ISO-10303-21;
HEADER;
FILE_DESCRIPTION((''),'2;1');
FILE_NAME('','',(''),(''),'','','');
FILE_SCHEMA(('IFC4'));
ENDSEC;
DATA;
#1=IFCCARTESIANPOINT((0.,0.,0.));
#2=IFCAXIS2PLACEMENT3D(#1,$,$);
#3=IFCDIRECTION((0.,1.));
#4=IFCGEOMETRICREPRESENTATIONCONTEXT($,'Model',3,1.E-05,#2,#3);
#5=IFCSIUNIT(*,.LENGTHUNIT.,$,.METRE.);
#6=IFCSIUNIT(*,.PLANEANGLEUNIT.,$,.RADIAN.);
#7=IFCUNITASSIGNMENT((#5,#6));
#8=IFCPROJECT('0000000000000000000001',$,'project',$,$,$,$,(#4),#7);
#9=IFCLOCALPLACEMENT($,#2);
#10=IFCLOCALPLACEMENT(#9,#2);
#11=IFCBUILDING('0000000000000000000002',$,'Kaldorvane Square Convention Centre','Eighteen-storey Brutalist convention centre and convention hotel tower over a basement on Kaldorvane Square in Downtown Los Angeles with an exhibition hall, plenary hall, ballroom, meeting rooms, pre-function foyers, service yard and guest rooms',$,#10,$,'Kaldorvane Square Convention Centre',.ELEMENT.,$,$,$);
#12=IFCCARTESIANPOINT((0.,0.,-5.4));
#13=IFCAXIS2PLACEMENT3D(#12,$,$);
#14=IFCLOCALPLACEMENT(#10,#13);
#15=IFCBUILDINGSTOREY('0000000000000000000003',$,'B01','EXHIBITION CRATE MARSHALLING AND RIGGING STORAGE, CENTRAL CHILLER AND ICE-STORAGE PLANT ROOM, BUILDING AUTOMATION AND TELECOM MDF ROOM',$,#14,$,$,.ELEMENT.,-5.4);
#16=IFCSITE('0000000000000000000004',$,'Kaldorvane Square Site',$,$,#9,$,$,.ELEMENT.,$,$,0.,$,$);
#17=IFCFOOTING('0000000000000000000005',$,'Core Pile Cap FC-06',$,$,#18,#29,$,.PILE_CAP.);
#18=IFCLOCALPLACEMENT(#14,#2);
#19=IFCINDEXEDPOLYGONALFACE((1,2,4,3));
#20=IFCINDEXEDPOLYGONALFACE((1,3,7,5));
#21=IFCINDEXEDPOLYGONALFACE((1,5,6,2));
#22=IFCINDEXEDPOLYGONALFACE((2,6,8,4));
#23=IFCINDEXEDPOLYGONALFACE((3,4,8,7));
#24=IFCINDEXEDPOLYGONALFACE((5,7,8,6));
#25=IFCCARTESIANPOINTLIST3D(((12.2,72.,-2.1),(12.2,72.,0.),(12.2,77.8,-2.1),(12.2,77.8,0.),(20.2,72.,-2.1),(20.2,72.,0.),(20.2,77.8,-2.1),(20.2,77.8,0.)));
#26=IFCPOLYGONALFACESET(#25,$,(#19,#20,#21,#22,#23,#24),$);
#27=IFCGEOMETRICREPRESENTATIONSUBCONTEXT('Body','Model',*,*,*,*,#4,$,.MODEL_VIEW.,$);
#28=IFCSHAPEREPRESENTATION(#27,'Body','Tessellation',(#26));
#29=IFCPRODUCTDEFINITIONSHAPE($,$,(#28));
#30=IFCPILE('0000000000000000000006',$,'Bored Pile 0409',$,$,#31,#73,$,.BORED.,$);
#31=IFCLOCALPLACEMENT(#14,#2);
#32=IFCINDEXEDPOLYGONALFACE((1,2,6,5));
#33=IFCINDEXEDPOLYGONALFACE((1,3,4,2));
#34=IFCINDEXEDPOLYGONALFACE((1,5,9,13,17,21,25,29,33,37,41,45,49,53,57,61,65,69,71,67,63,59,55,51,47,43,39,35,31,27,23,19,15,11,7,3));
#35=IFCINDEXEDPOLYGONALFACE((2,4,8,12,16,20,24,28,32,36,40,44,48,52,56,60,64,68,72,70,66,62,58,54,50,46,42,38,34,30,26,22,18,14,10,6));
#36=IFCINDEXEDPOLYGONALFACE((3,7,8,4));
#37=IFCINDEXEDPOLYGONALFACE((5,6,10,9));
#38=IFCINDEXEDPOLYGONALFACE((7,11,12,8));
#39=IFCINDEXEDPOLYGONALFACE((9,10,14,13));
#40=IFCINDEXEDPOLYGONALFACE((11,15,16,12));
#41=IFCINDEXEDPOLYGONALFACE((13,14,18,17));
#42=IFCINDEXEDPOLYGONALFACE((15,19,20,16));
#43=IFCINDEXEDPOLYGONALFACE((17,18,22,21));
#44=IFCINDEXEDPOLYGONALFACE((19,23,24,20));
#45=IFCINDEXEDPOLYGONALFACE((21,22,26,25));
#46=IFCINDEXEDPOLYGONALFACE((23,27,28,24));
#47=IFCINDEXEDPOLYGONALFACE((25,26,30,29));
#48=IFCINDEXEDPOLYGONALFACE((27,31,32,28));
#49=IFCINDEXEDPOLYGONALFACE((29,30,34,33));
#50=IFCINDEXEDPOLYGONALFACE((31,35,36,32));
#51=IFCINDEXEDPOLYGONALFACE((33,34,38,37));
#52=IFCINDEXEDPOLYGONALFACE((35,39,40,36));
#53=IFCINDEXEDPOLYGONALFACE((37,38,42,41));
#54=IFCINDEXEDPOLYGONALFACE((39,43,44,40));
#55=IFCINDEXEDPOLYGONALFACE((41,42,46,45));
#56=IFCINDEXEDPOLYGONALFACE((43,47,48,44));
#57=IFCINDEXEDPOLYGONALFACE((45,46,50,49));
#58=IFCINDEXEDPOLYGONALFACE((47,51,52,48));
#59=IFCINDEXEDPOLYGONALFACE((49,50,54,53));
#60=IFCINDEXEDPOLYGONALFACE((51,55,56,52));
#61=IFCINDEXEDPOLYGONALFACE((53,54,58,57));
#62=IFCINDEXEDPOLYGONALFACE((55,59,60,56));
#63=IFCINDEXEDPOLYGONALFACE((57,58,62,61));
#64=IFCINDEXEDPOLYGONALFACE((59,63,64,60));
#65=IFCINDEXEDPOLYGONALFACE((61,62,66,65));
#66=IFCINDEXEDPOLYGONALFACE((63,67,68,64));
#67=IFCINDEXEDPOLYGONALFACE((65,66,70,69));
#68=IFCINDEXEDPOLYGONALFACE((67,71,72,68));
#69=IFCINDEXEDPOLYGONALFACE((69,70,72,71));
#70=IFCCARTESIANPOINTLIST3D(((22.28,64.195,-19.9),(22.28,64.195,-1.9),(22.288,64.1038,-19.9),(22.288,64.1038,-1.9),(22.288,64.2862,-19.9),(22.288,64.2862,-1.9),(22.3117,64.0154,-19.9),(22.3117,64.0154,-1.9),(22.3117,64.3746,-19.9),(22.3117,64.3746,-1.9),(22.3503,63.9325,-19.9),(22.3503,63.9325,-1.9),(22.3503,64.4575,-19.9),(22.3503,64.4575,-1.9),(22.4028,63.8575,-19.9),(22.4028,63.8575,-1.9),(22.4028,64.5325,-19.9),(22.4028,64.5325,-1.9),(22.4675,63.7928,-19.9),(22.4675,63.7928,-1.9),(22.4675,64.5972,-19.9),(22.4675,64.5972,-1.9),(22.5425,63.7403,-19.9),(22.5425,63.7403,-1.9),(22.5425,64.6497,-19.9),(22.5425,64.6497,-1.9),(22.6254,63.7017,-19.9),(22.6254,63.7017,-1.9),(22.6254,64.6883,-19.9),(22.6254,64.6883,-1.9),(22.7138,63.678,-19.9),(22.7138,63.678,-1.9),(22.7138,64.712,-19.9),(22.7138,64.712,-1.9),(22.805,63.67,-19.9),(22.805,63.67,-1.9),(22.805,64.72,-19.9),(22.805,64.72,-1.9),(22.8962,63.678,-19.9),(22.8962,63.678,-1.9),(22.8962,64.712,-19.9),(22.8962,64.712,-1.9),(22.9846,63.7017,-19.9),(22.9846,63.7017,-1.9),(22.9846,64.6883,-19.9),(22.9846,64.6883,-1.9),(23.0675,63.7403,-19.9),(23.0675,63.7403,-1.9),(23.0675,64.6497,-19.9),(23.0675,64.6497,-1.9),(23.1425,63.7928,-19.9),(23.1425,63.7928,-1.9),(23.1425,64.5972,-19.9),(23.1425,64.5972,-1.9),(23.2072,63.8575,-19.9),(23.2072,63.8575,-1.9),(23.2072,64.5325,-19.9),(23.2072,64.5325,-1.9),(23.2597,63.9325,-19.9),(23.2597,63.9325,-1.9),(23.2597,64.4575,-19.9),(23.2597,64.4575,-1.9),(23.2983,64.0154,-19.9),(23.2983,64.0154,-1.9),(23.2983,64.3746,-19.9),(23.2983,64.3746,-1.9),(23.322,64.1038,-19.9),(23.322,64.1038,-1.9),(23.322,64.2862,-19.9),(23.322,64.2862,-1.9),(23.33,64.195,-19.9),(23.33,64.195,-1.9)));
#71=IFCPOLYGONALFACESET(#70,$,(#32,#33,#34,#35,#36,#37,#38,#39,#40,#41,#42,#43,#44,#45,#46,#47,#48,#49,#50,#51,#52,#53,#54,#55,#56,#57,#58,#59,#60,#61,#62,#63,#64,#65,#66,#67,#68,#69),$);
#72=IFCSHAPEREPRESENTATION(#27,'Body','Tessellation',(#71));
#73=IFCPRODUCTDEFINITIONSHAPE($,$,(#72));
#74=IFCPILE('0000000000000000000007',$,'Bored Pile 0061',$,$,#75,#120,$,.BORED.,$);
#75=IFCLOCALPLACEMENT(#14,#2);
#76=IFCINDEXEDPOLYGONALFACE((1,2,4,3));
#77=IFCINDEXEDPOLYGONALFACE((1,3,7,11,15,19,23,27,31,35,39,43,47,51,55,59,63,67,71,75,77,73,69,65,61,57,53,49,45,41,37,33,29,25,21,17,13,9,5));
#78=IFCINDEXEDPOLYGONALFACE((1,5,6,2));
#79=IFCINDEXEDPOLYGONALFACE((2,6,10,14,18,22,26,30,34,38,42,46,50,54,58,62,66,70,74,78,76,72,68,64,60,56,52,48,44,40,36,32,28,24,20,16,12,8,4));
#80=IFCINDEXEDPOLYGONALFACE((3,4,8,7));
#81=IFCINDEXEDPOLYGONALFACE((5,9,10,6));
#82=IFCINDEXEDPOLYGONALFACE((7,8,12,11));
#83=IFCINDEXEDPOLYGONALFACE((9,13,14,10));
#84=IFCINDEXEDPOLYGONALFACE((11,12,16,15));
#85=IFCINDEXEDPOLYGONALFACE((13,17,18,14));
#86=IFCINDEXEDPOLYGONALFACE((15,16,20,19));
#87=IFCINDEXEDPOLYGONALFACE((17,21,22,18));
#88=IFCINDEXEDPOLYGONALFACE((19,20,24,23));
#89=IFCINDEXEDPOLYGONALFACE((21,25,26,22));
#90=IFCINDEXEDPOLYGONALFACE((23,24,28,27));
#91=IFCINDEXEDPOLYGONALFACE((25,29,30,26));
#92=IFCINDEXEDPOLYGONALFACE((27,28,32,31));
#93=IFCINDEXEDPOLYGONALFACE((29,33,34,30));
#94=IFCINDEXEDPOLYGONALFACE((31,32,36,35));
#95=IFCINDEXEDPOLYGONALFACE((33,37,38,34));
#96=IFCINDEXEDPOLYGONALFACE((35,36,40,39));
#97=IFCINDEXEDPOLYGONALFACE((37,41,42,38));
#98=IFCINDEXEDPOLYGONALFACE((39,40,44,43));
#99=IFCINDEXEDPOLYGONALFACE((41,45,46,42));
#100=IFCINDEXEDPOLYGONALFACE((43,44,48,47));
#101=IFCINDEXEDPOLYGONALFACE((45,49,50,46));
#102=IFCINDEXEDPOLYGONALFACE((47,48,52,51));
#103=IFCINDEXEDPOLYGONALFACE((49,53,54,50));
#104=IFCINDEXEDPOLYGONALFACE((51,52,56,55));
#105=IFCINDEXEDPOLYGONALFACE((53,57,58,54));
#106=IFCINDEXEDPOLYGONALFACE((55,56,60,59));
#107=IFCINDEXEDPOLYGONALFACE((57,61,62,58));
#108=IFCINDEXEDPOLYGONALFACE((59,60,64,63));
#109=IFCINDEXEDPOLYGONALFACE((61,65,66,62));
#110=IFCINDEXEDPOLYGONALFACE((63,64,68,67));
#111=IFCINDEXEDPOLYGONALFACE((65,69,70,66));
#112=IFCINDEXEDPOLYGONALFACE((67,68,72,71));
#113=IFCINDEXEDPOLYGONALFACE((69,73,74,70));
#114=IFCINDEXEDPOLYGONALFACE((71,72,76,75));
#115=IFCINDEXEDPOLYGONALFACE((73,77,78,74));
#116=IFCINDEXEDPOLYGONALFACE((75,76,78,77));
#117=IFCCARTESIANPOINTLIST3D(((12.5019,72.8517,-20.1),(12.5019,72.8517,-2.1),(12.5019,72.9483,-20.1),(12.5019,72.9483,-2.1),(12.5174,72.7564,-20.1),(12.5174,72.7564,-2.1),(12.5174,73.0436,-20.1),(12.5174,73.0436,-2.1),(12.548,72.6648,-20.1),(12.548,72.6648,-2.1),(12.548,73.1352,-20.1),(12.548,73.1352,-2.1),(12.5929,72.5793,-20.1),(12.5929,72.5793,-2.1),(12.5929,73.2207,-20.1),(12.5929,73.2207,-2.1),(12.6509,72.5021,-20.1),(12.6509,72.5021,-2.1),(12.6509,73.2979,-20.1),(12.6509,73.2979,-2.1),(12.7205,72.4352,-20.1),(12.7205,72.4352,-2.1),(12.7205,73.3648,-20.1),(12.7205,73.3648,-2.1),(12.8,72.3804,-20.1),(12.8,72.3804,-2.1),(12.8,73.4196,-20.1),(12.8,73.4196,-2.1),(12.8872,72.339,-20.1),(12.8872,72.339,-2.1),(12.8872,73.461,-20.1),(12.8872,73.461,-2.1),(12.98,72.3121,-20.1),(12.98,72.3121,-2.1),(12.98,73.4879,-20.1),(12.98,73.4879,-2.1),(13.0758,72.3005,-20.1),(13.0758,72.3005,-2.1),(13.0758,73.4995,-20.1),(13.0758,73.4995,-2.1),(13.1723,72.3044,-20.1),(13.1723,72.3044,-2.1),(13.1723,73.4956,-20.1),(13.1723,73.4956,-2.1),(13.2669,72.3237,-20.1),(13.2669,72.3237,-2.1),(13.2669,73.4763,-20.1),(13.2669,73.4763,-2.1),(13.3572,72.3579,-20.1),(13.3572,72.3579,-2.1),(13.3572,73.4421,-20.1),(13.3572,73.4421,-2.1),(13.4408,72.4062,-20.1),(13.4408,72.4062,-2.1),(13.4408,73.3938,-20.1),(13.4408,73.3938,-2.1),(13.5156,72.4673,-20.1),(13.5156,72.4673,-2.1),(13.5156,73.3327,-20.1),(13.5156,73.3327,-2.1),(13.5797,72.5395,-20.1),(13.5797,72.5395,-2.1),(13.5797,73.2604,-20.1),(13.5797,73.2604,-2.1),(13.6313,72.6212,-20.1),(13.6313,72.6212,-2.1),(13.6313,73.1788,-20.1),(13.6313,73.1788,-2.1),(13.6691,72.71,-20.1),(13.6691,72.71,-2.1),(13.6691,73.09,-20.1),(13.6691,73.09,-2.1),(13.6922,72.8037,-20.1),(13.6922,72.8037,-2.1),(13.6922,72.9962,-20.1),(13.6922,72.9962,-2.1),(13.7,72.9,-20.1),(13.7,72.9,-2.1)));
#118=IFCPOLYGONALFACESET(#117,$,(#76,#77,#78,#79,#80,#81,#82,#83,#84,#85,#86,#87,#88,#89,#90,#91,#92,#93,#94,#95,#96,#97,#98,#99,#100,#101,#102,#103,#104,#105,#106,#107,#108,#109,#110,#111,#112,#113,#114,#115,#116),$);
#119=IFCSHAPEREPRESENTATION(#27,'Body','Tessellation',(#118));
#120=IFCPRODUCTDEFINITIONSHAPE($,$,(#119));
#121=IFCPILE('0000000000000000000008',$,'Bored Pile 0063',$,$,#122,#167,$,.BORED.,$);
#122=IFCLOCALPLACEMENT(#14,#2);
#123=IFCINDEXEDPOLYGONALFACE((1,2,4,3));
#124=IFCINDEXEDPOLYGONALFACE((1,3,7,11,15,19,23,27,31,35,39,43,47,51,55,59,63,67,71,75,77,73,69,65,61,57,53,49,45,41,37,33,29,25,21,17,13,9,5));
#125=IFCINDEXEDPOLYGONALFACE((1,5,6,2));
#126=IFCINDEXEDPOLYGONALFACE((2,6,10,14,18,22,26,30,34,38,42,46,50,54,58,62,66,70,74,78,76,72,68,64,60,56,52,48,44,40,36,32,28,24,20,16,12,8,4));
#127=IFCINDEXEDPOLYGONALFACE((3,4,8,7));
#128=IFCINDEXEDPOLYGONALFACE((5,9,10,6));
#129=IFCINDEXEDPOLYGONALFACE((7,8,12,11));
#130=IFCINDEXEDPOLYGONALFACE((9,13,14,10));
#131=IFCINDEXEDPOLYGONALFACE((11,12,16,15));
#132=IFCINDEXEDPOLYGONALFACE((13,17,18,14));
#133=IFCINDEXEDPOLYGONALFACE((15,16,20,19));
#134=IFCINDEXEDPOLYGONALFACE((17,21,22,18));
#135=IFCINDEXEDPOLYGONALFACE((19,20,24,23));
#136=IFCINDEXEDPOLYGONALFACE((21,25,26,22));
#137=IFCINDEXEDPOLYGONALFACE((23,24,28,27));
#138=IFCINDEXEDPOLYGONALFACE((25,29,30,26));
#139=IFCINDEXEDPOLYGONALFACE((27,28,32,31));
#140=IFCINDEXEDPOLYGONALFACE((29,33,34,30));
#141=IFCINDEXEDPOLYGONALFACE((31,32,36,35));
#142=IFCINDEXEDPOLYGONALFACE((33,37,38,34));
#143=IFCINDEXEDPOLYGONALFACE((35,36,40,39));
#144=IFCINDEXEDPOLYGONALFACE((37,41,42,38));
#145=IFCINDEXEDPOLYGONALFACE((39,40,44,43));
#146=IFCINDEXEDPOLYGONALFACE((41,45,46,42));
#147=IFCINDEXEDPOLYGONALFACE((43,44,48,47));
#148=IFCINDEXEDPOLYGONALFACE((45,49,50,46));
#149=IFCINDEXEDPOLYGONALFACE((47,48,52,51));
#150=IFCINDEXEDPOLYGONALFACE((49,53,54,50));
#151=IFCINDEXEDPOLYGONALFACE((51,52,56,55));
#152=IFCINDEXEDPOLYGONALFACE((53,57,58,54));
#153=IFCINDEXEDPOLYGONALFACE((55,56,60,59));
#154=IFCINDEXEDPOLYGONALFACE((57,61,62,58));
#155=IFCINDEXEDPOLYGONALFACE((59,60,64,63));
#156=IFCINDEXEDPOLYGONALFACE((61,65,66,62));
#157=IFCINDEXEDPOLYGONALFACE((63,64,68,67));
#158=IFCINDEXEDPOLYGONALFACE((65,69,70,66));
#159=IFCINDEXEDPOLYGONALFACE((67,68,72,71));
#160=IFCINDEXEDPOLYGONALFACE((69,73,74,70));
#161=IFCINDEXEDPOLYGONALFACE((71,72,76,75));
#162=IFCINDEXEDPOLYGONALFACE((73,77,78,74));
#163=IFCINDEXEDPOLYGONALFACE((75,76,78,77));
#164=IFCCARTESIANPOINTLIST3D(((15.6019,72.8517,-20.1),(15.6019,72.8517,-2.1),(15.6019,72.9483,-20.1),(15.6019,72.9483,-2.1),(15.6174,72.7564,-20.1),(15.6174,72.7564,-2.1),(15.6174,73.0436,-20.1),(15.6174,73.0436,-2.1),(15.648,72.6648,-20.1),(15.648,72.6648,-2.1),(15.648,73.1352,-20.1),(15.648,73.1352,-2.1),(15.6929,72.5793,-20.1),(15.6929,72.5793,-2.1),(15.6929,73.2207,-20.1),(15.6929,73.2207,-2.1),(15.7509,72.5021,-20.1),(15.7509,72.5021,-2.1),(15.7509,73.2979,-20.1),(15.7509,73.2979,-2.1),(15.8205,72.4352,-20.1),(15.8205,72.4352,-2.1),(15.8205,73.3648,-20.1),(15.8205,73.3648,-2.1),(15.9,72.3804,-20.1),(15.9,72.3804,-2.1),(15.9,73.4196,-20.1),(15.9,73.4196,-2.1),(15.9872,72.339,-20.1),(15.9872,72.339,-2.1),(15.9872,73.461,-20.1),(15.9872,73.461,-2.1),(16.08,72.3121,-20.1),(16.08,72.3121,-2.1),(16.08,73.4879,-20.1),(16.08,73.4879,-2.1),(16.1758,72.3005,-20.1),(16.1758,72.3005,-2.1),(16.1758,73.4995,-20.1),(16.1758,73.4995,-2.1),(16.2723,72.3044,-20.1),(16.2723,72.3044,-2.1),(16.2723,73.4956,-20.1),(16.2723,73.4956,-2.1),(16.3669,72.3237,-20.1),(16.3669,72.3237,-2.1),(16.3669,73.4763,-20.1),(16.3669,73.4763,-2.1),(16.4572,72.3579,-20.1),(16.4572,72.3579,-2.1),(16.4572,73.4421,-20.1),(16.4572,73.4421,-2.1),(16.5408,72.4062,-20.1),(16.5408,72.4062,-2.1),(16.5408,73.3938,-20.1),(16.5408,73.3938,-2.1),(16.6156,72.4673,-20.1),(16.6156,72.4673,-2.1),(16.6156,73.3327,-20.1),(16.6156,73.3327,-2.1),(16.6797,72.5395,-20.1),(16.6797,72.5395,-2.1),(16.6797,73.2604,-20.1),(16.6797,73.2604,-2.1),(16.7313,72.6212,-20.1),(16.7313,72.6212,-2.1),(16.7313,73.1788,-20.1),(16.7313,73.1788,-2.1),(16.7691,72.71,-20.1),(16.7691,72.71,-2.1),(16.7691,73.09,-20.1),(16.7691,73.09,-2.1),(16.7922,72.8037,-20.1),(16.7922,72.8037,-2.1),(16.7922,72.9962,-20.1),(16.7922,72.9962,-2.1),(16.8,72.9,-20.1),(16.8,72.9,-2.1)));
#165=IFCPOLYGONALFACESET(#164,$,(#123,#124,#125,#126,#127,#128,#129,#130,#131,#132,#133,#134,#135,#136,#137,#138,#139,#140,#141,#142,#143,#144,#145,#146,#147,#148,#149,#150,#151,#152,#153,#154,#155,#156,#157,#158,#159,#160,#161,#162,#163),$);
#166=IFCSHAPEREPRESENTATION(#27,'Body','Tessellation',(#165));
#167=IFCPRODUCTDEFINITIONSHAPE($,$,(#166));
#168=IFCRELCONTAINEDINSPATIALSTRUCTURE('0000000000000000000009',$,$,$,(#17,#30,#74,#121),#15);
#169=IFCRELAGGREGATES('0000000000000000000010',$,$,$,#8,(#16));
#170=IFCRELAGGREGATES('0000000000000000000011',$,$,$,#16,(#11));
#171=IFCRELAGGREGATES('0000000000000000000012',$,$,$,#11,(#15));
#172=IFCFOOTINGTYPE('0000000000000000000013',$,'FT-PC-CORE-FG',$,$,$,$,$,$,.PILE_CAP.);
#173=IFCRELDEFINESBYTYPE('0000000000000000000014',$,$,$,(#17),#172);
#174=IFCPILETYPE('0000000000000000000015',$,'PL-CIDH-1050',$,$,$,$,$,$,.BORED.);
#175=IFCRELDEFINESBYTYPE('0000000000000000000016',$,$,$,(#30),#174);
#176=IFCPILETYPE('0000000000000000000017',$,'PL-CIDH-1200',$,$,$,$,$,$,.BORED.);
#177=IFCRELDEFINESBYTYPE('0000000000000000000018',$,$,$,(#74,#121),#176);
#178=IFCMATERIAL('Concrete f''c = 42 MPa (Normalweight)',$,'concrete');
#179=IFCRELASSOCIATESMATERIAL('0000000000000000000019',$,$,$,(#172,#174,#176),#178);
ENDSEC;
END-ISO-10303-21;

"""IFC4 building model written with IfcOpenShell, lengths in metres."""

from ifc_helpers import new_model, si_unit, direction, frame, origin, origin_2d, place, context, subcontext, project, spatial, rectangle, circle, extrude, material, material_profile, profile_set, type_object, element, save


model = new_model("IFC4")

# Units and contexts
model_context = context("Model", 3, precision=1e-05, world=origin(), true_north=direction((0.0, 1.0)))
body_context = subcontext(model_context, "Body", "Model", "MODEL_VIEW")
ifc_project = project(units=[si_unit("LENGTHUNIT", "METRE"), si_unit("PLANEANGLEUNIT", "RADIAN")], contexts=[model_context])

# Site, building, storey
site_placement = place(None, origin())
site = spatial("IfcSite", under=ifc_project, at=site_placement, Name="Kaldorvane Square Site", CompositionType="ELEMENT", RefElevation=0.0)
building_placement = place(site_placement, origin())
building = spatial("IfcBuilding", under=site, at=building_placement, Name="Kaldorvane Square Convention Centre", Description="Eighteen-storey Brutalist convention centre and convention hotel tower over a basement on Kaldorvane Square in Downtown Los Angeles with an exhibition hall, plenary hall, ballroom, meeting rooms, pre-function foyers, service yard and guest rooms", LongName="Kaldorvane Square Convention Centre", CompositionType="ELEMENT")
storey_placement = place(building_placement, frame((0.0, 0.0, -5.4)))
storey = spatial("IfcBuildingStorey", under=building, at=storey_placement, Name="B01", Description="EXHIBITION CRATE MARSHALLING AND RIGGING STORAGE, CENTRAL CHILLER AND ICE-STORAGE PLANT ROOM, BUILDING AUTOMATION AND TELECOM MDF ROOM", CompositionType="ELEMENT", Elevation=-5.4)

# Footing
ifc_material_1 = material(Name="Concrete f'c = 42 MPa (Normalweight)", Category="concrete")
footing_type = type_object("IfcFootingType", Name="FT-PC-CORE-FG", PredefinedType="PILE_CAP", material=ifc_material_1)
footing_placement = place(storey_placement, frame((16.2, 74.9, -2.1), z_axis=(0.0, 0.0, 1.0), x_axis=(1.0, 0.0, 0.0)))
element("IfcFooting", 1, at=footing_placement, inside=storey, type_object=footing_type, Name="Core Pile Cap FC-06", PredefinedType="PILE_CAP", context=body_context, shape_type="SweptSolid", body=[
    extrude(rectangle(XDim=8.0, YDim=5.8, at=origin_2d()), origin(), (0.0, 0.0, 1.0), 2.1),
])

# Piles
ifc_material_profile_1 = material_profile(ifc_material_1, circle(Radius=0.525, at=origin_2d()), Name="PILE-D1050")
ifc_profile_set_1 = profile_set([ifc_material_profile_1], Name="Concrete f'c = 42 MPa (Normalweight)")
pile_type_1 = type_object("IfcPileType", Name="PL-CIDH-1050", PredefinedType="BORED", material=ifc_profile_set_1)
pile_placement = place(storey_placement, frame((22.805, 64.195, -1.9), z_axis=(0.0, 0.0, -1.0), x_axis=(1.0, 0.0, 0.0)))
element("IfcPile", 2, at=pile_placement, inside=storey, type_object=pile_type_1, Name="Bored Pile 0409", PredefinedType="BORED", context=body_context, shape_type="SweptSolid", body=[
    extrude(circle(Radius=0.525, at=origin_2d()), origin(), (0.0, 0.0, 1.0), 18.0),
])
ifc_material_profile_2 = material_profile(ifc_material_1, circle(Radius=0.6, at=origin_2d()), Name="PILE-D1200")
ifc_profile_set_2 = profile_set([ifc_material_profile_2], Name="Concrete f'c = 42 MPa (Normalweight)")
pile_type_2 = type_object("IfcPileType", Name="PL-CIDH-1200", PredefinedType="BORED", material=ifc_profile_set_2)
for number, where, z_axis, x_axis, name in (
    (3, (13.1, 72.9, -2.1), (0.0, 0.0, -1.0), (1.0, 0.0, 0.0), "Bored Pile 0061"),
    (4, (16.2, 72.9, -2.1), (0.0, 0.0, -1.0), (1.0, 0.0, 0.0), "Bored Pile 0063"),
):
    element("IfcPile", number, at=place(storey_placement, frame(where, z_axis=z_axis, x_axis=x_axis)), inside=storey, type_object=pile_type_2, Name=name, PredefinedType="BORED", context=body_context, shape_type="SweptSolid", body=[
        extrude(circle(Radius=0.6, at=origin_2d()), origin(), (0.0, 0.0, 1.0), 18.0),
    ])

save(model, "model.ifc")
